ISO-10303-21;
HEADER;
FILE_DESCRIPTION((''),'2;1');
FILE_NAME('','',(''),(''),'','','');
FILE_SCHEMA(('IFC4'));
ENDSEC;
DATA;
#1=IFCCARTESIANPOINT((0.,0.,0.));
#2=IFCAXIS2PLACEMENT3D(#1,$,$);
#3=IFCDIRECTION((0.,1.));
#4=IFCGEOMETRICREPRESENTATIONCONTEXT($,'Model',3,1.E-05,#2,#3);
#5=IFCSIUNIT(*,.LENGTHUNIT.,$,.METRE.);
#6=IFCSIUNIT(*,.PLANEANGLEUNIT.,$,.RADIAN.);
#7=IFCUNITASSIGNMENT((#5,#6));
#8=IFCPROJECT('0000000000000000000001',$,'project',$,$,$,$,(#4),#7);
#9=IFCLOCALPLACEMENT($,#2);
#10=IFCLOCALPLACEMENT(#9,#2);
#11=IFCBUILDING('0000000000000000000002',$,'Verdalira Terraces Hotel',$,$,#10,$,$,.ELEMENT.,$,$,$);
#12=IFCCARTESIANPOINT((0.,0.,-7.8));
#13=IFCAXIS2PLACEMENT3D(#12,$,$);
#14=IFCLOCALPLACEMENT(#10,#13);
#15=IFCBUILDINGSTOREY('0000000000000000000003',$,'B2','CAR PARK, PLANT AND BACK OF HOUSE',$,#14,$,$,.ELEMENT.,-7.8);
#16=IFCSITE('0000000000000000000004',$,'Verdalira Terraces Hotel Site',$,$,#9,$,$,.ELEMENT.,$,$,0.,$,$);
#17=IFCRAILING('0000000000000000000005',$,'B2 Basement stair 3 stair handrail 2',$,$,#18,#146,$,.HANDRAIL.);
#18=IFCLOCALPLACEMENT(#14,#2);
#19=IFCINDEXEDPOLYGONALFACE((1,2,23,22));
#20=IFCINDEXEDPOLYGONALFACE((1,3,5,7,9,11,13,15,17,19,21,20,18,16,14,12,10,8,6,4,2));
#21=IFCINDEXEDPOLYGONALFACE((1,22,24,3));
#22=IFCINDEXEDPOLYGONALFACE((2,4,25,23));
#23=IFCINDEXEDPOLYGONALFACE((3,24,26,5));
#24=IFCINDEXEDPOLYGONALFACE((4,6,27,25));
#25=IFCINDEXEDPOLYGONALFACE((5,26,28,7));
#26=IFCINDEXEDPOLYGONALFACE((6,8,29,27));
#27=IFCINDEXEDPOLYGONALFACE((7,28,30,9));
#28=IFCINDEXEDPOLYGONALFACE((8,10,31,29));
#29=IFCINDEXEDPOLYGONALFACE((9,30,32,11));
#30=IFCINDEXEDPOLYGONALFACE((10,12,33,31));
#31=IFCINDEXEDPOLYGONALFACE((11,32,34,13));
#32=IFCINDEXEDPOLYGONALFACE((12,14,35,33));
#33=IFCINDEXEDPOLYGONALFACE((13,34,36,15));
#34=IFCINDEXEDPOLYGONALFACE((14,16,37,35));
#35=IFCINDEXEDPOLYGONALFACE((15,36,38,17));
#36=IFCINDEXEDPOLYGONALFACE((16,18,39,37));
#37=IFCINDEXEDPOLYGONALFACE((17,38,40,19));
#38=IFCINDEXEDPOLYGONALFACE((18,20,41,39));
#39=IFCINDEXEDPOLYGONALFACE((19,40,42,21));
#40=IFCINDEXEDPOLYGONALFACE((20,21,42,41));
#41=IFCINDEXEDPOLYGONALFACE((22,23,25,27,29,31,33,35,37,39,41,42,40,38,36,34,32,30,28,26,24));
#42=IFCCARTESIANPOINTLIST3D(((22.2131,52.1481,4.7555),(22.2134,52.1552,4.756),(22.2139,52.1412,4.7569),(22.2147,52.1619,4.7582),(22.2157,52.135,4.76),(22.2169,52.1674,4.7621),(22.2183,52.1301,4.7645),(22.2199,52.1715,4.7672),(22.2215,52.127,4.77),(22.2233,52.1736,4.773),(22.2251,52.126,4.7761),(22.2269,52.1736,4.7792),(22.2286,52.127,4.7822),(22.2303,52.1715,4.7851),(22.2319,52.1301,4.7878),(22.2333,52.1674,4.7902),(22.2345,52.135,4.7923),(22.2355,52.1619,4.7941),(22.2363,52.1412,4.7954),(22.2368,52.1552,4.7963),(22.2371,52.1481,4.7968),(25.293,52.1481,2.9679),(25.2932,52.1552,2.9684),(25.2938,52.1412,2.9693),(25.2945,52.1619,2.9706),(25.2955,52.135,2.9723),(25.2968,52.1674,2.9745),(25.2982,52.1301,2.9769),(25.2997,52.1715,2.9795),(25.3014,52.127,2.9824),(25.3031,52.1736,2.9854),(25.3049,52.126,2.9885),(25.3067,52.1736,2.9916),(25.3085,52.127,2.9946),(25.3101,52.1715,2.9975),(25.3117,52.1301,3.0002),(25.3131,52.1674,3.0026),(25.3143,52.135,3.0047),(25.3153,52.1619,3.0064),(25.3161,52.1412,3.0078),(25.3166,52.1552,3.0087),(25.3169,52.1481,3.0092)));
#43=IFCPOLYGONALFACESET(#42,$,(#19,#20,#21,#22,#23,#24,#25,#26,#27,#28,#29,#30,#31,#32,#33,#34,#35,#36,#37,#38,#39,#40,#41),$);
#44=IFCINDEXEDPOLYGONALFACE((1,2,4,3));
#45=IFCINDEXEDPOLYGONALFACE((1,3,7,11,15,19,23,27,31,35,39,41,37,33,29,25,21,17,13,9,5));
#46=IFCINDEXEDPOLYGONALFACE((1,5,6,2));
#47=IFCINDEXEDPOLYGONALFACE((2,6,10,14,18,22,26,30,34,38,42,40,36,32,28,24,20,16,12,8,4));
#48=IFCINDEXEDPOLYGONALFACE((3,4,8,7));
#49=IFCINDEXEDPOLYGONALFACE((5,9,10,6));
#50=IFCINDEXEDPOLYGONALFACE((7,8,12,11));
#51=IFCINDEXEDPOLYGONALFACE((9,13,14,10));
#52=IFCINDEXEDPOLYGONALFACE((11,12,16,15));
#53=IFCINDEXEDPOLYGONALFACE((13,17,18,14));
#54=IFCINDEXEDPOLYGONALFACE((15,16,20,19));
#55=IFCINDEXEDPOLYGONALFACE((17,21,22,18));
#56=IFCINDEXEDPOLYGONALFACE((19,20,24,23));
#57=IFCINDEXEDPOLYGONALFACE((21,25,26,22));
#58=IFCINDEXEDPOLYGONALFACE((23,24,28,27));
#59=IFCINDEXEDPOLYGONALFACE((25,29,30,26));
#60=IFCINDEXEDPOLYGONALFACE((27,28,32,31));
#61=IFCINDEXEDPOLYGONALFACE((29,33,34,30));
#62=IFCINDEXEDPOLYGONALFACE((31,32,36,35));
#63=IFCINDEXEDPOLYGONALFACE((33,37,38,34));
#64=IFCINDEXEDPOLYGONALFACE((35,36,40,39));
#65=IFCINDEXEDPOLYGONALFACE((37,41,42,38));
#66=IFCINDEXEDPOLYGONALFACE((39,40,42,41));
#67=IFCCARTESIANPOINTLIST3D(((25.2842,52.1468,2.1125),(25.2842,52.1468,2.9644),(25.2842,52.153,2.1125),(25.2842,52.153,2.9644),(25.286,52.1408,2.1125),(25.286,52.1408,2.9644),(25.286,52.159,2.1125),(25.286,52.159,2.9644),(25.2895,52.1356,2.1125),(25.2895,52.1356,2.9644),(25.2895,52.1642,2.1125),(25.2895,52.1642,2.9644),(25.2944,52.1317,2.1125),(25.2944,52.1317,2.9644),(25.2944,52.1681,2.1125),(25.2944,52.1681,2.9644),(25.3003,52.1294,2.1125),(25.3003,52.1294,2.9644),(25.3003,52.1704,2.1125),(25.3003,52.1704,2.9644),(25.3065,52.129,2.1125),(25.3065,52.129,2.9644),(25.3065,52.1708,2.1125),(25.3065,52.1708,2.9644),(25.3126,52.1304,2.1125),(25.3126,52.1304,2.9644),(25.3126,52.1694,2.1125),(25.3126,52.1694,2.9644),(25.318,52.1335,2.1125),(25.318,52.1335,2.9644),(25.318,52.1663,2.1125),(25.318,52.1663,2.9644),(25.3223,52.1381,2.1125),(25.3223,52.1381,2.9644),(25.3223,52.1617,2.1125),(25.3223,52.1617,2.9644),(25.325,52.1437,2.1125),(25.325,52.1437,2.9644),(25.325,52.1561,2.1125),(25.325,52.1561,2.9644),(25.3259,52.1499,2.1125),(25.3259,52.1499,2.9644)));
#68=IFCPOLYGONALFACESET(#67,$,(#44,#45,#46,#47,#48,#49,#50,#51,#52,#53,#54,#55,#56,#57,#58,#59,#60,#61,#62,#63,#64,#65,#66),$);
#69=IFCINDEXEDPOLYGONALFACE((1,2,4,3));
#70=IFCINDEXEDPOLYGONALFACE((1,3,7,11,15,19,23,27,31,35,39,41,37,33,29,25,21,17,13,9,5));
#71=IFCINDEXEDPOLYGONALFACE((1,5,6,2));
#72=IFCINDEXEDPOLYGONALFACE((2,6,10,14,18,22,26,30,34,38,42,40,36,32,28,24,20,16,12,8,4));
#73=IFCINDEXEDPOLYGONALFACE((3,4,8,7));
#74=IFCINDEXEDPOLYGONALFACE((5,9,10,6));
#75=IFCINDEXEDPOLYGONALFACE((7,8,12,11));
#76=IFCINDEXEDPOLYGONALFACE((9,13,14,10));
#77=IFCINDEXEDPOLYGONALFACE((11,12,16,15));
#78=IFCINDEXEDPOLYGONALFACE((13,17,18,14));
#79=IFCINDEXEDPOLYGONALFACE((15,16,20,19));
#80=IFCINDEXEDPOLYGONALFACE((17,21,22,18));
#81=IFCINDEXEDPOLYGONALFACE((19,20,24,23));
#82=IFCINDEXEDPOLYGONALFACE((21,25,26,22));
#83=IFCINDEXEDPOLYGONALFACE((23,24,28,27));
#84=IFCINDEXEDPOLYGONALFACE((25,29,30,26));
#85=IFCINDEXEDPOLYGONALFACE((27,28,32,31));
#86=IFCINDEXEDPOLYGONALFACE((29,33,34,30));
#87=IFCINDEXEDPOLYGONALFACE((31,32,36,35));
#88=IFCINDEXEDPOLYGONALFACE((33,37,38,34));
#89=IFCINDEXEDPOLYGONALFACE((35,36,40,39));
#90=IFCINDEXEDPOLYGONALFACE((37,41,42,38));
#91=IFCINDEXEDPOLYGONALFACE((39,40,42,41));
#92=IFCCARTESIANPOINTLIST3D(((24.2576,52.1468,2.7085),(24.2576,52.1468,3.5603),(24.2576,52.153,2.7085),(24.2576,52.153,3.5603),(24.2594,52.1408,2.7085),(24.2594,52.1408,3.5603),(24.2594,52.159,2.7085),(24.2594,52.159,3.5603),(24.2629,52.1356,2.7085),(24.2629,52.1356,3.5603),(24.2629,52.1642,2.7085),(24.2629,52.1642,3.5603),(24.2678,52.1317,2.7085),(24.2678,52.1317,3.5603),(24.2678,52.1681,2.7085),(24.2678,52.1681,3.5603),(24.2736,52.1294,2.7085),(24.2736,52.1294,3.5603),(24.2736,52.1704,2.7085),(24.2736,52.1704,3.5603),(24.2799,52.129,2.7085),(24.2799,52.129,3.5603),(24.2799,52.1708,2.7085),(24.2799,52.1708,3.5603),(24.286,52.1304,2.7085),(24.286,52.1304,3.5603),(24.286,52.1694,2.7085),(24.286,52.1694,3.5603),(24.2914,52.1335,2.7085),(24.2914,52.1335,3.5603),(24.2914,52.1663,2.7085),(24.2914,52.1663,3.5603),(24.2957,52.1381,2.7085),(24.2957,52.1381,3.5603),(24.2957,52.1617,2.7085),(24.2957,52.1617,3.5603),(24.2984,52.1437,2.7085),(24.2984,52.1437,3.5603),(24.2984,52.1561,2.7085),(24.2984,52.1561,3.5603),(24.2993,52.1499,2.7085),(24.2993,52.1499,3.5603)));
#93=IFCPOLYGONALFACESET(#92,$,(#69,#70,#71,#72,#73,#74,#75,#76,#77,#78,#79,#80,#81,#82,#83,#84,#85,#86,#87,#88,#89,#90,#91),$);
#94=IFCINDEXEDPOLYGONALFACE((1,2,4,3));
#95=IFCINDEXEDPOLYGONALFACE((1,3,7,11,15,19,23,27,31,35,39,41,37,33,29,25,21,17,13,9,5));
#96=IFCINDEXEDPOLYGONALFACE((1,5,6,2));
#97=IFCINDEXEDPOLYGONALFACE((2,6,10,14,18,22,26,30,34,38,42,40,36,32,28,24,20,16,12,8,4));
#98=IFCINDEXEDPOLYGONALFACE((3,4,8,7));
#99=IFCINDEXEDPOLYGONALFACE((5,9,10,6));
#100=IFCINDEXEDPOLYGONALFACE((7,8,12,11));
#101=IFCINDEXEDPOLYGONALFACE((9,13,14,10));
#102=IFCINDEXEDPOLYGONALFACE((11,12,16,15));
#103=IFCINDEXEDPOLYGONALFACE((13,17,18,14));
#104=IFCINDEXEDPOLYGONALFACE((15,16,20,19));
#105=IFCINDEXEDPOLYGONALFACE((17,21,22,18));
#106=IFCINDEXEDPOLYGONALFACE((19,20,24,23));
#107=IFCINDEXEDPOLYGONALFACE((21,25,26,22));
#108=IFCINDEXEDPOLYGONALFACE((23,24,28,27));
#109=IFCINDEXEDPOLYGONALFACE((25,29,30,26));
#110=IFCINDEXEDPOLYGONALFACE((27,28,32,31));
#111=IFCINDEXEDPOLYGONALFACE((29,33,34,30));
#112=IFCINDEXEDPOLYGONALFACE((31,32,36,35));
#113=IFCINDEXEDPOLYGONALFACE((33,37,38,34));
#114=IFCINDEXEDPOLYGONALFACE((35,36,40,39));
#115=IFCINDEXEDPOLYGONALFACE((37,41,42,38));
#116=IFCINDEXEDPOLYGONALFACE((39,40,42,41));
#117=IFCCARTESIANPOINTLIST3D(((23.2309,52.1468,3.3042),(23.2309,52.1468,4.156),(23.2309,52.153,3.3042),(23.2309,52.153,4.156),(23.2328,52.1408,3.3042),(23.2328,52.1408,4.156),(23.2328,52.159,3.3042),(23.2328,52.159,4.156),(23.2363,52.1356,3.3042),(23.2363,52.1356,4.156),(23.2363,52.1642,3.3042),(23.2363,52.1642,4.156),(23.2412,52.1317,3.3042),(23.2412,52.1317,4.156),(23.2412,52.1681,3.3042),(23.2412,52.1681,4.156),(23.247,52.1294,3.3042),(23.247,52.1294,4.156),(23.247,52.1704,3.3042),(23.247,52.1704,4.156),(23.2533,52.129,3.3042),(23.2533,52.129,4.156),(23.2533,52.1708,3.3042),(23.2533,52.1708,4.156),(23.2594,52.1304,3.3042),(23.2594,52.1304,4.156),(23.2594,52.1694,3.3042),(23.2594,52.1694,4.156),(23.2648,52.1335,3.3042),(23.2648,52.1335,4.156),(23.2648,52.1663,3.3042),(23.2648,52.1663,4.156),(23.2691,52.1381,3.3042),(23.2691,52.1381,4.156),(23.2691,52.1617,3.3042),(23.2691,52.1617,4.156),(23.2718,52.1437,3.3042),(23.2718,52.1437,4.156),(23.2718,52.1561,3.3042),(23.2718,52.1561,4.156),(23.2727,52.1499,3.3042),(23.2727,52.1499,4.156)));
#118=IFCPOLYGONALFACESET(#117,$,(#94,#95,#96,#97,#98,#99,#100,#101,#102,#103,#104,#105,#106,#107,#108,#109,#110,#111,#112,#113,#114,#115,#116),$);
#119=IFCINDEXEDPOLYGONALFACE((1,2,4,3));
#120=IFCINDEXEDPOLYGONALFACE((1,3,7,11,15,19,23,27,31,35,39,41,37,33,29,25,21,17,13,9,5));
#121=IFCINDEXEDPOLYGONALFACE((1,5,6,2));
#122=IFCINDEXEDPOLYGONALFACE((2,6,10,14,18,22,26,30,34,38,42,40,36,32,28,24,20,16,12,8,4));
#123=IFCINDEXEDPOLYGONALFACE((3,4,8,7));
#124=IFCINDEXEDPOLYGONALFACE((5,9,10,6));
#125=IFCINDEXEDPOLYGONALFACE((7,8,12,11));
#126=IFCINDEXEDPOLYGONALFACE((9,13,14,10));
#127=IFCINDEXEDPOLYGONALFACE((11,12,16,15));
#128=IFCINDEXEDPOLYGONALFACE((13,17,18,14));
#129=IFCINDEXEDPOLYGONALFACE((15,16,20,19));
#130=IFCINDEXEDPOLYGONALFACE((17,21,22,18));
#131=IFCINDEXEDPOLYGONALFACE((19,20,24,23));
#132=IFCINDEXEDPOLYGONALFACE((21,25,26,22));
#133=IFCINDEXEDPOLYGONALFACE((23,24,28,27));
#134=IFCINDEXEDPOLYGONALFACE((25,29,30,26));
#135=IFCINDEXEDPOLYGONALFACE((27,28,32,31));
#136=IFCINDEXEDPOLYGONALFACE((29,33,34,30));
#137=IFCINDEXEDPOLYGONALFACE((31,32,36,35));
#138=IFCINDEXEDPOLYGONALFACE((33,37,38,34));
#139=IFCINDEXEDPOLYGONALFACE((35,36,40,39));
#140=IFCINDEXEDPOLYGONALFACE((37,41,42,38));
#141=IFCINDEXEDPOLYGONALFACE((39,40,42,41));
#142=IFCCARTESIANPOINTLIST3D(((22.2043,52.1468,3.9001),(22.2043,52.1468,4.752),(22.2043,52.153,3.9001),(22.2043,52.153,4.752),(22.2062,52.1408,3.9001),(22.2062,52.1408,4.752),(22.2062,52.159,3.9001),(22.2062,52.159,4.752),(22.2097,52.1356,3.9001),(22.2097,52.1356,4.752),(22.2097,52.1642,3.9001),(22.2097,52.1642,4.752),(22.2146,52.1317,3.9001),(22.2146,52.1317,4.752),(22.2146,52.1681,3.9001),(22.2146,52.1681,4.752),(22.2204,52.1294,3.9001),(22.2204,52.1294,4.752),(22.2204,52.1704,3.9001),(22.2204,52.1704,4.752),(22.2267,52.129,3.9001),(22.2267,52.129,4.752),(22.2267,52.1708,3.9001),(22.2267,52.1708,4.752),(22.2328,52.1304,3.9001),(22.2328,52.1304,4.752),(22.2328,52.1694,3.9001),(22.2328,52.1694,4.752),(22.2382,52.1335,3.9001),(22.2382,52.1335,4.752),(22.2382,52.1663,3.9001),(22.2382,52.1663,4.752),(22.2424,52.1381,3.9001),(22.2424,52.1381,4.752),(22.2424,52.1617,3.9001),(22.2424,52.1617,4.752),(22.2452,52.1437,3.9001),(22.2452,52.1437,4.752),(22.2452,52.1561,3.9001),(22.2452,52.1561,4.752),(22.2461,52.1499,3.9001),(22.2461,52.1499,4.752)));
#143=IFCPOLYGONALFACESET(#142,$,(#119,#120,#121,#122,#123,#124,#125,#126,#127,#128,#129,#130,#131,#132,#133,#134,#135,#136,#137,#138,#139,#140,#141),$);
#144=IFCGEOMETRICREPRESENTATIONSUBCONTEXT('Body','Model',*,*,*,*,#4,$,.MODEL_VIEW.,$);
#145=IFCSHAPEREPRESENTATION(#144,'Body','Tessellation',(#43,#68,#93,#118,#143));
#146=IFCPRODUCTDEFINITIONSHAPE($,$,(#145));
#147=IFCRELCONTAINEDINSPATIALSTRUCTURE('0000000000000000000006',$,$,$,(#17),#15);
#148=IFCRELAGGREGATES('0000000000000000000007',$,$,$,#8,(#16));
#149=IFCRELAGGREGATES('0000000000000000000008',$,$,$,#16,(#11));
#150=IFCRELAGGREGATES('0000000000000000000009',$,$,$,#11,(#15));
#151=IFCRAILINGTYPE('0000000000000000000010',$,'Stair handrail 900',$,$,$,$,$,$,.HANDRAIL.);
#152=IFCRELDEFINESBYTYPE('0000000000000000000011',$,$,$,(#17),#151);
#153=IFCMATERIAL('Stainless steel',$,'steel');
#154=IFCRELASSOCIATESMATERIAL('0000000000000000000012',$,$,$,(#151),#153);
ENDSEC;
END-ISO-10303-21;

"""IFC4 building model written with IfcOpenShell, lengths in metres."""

from ifc_helpers import new_model, si_unit, direction, frame, origin, origin_2d, place, context, subcontext, project, spatial, circle, extrude, material, type_object, element, save


model = new_model("IFC4")

# Units and contexts
model_context = context("Model", 3, precision=1e-05, world=origin(), true_north=direction((0.0, 1.0)))
body_context = subcontext(model_context, "Body", "Model", "MODEL_VIEW")
ifc_project = project(units=[si_unit("LENGTHUNIT", "METRE"), si_unit("PLANEANGLEUNIT", "RADIAN")], contexts=[model_context])

# Site, building, storey
site_placement = place(None, origin())
site = spatial("IfcSite", under=ifc_project, at=site_placement, Name="Verdalira Terraces Hotel Site", CompositionType="ELEMENT", RefElevation=0.0)
building_placement = place(site_placement, origin())
building = spatial("IfcBuilding", under=site, at=building_placement, Name="Verdalira Terraces Hotel", CompositionType="ELEMENT")
storey_placement = place(building_placement, frame((0.0, 0.0, -7.8)))
storey = spatial("IfcBuildingStorey", under=building, at=storey_placement, Name="B2", Description="CAR PARK, PLANT AND BACK OF HOUSE", CompositionType="ELEMENT", Elevation=-7.8)

# Railing
ifc_material_1 = material(Name="Stainless steel", Category="steel")
railing_type_1 = type_object("IfcRailingType", Name="Stair handrail 900", PredefinedType="HANDRAIL", material=ifc_material_1)
railing_1_placement = place(storey_placement, frame((25.3049, 52.1499, 2.1125)))
element("IfcRailing", 1, at=railing_1_placement, inside=storey, type_object=railing_type_1, Name="B2 Basement stair 3 stair handrail 2", PredefinedType="HANDRAIL", context=body_context, shape_type="SweptSolid", body=[
    extrude(circle(Radius=0.0239, at=origin_2d()), frame((0.0, 0.0, 0.876), z_axis=(-0.864873, 0.0, 0.50199), x_axis=(0.0, -1.0, 0.0)), (0.0, 0.0, 1.0), 3.561),
    extrude(circle(Radius=0.021, at=origin_2d()), origin(), (0.0, 0.0, 1.0), 0.8518),
    extrude(circle(Radius=0.021, at=origin_2d()), frame((-1.0266, 0.0, 0.5959)), (0.0, 0.0, 1.0), 0.8518),
    extrude(circle(Radius=0.021, at=origin_2d()), frame((-2.0532, 0.0, 1.1917)), (0.0, 0.0, 1.0), 0.8518),
    extrude(circle(Radius=0.021, at=origin_2d()), frame((-3.0798, 0.0, 1.7876)), (0.0, 0.0, 1.0), 0.8518),
])

save(model, "model.ifc")
